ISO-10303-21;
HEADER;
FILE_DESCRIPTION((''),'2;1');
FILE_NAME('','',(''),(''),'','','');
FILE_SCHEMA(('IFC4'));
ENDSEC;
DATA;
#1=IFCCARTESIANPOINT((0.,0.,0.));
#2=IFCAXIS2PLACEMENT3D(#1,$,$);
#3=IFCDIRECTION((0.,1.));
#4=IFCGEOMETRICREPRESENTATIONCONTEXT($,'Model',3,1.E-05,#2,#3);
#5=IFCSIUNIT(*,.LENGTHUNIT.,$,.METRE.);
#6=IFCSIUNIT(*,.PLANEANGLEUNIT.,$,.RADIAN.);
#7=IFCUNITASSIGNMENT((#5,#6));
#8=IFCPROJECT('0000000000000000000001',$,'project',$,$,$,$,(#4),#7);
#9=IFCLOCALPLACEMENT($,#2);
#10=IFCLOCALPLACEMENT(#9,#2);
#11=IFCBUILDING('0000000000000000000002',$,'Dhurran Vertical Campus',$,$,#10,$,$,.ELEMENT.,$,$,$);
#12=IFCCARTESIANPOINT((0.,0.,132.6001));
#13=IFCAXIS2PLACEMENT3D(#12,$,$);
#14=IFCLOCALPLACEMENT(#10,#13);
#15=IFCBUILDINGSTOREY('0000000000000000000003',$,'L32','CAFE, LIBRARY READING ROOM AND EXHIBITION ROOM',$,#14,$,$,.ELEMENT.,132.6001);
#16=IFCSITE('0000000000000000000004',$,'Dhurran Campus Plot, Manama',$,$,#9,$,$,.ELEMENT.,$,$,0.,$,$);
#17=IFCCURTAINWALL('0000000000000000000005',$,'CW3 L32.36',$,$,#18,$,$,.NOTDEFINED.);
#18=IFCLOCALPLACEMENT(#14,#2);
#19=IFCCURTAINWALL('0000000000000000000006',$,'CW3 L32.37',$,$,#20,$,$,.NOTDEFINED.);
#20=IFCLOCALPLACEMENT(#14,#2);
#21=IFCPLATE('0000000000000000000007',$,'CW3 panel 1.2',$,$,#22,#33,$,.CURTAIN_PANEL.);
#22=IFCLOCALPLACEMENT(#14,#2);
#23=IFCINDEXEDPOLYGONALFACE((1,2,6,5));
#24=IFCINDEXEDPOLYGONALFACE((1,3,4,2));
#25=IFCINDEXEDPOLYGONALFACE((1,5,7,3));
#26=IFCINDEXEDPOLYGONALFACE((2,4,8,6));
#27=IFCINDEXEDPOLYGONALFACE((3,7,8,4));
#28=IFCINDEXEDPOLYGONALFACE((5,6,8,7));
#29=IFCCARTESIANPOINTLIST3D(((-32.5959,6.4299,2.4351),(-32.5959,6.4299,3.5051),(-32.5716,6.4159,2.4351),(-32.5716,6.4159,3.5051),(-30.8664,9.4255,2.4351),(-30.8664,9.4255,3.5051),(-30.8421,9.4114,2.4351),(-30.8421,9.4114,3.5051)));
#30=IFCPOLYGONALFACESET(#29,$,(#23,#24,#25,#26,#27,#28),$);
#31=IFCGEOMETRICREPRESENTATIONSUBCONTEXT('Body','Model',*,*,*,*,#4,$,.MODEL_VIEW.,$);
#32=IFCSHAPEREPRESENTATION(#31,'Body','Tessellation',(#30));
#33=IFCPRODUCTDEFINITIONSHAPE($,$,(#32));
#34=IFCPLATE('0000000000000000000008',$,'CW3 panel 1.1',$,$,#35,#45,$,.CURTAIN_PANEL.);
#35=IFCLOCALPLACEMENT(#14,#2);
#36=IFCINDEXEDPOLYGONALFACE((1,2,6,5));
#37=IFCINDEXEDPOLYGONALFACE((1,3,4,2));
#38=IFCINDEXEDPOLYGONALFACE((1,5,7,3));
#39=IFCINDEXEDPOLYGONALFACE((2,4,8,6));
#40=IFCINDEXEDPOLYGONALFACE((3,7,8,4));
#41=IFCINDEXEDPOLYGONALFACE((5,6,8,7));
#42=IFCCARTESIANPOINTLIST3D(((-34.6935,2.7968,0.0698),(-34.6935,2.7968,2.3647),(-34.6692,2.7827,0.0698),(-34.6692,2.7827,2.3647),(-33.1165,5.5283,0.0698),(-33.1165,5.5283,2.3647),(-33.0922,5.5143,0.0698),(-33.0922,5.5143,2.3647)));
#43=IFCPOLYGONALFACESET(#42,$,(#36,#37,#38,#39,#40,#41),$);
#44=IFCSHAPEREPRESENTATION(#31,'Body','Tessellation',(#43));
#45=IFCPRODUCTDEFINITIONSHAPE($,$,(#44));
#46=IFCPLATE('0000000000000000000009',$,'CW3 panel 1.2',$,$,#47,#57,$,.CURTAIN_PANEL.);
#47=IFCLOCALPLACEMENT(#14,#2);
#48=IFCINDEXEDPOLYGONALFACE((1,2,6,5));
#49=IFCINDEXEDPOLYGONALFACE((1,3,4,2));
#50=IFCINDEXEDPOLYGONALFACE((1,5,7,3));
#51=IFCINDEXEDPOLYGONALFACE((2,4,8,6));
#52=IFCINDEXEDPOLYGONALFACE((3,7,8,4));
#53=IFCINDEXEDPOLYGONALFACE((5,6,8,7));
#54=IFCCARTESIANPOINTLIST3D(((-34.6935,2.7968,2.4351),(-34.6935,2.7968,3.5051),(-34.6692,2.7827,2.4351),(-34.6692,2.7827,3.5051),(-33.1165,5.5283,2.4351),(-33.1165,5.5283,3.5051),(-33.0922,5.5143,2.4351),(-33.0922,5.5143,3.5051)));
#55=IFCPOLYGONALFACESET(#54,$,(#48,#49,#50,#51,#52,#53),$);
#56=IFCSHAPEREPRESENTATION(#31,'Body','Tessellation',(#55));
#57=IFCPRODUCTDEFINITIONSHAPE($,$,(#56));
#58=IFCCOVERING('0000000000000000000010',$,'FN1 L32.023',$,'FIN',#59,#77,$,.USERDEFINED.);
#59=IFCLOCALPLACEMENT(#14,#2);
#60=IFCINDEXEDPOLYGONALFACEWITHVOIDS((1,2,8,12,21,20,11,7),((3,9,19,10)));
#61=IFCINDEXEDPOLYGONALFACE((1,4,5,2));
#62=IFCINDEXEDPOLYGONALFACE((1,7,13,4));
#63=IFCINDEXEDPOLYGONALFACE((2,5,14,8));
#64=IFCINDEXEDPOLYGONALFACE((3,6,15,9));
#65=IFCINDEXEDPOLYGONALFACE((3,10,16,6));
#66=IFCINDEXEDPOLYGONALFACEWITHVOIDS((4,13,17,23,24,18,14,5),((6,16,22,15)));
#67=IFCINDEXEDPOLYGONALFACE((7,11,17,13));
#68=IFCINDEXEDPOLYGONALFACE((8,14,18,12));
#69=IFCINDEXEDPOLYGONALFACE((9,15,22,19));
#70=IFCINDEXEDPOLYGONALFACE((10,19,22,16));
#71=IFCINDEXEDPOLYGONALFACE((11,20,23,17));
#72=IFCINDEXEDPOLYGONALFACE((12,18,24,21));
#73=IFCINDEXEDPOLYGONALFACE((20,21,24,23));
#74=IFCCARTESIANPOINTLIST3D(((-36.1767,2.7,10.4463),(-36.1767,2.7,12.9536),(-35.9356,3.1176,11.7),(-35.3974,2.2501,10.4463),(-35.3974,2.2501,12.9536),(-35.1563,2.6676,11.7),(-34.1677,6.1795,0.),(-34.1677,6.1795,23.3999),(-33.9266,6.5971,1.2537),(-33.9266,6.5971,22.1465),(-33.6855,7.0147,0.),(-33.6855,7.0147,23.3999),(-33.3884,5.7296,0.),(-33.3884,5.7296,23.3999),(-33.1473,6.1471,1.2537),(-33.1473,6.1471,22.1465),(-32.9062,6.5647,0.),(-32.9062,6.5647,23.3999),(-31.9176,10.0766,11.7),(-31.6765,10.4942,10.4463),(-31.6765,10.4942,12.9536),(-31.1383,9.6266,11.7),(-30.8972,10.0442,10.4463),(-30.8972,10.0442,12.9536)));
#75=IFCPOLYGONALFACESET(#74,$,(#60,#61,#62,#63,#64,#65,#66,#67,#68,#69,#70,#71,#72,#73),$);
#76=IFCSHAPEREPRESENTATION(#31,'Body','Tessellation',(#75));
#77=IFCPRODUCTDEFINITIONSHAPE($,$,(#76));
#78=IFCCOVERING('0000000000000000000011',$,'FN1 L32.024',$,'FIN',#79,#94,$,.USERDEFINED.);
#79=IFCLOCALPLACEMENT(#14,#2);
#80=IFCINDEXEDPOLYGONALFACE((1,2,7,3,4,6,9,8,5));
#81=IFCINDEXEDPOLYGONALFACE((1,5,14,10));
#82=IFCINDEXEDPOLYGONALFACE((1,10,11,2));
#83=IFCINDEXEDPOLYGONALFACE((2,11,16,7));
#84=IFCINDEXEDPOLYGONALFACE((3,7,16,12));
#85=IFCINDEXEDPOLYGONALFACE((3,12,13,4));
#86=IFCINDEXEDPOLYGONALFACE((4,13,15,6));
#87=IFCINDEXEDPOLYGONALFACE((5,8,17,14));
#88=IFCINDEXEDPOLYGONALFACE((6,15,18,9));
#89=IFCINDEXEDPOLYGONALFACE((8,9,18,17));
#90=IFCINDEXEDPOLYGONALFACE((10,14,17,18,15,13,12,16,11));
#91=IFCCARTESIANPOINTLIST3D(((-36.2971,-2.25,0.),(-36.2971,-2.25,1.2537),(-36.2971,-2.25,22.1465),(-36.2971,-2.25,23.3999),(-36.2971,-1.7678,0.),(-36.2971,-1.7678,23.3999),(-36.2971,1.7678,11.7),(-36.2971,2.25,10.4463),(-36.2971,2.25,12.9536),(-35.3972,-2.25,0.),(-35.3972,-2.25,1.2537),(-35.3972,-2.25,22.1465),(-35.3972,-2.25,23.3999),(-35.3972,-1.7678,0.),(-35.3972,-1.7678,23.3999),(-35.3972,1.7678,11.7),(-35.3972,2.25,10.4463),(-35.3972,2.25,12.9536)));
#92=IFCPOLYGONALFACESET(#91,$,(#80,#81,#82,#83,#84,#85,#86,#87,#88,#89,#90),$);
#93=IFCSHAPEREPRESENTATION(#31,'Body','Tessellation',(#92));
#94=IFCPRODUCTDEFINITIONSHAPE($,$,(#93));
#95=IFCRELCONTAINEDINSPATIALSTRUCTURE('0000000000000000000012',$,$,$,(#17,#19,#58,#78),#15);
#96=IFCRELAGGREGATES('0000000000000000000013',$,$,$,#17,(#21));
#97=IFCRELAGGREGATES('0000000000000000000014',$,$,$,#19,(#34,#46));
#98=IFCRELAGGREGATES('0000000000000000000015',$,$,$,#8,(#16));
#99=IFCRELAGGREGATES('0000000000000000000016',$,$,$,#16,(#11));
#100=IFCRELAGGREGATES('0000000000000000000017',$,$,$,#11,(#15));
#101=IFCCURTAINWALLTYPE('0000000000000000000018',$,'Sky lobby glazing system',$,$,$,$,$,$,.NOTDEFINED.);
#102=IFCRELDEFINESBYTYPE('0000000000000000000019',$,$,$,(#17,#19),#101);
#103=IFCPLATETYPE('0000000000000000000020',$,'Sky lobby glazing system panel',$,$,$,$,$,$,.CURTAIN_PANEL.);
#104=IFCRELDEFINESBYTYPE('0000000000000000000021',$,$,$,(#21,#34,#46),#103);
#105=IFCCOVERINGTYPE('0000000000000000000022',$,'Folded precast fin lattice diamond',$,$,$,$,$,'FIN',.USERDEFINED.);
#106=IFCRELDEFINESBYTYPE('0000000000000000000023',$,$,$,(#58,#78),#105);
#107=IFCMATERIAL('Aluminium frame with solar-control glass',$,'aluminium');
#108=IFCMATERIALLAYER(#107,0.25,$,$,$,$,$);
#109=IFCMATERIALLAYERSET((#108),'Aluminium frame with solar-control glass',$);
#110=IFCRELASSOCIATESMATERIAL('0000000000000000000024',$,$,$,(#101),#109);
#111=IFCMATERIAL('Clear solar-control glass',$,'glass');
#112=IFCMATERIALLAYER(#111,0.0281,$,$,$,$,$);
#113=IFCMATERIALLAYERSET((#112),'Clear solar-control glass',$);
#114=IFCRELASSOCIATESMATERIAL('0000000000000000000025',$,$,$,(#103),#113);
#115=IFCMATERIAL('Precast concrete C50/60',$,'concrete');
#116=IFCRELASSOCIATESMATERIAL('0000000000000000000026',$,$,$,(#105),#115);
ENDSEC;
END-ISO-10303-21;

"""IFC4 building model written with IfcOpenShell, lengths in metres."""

from ifc_helpers import new_model, si_unit, direction, frame, origin, origin_2d, place, context, subcontext, project, spatial, polyline, rectangle, outline, extrude, material, layer, layer_set, type_object, element, aggregate, save


model = new_model("IFC4")

# Units and contexts
model_context = context("Model", 3, precision=1e-05, world=origin(), true_north=direction((0.0, 1.0)))
body_context = subcontext(model_context, "Body", "Model", "MODEL_VIEW")
ifc_project = project(units=[si_unit("LENGTHUNIT", "METRE"), si_unit("PLANEANGLEUNIT", "RADIAN")], contexts=[model_context])

# Site, building, storey
site_placement = place(None, origin())
site = spatial("IfcSite", under=ifc_project, at=site_placement, Name="Dhurran Campus Plot, Manama", CompositionType="ELEMENT", RefElevation=0.0)
building_placement = place(site_placement, origin())
building = spatial("IfcBuilding", under=site, at=building_placement, Name="Dhurran Vertical Campus", CompositionType="ELEMENT")
storey_placement = place(building_placement, frame((0.0, 0.0, 132.6001)))
storey = spatial("IfcBuildingStorey", under=building, at=storey_placement, Name="L32", Description="CAFE, LIBRARY READING ROOM AND EXHIBITION ROOM", CompositionType="ELEMENT", Elevation=132.6001)

# Curtain wall
ifc_material_1 = material(Name="Aluminium frame with solar-control glass", Category="aluminium")
ifc_layer_1 = layer(ifc_material_1, 0.25)
ifc_layer_set_1 = layer_set([ifc_layer_1], Name="Aluminium frame with solar-control glass")
curtain_wall_type = type_object("IfcCurtainWallType", Name="Sky lobby glazing system", PredefinedType="NOTDEFINED", material=ifc_layer_set_1)
curtain_wall_1_placement = place(storey_placement, origin())
curtain_wall_1 = element("IfcCurtainWall", 1, at=curtain_wall_1_placement, inside=storey, type_object=curtain_wall_type, Name="CW3 L32.36", PredefinedType="NOTDEFINED")

# Curtain wall
curtain_wall_2_placement = place(storey_placement, origin())
curtain_wall_2 = element("IfcCurtainWall", 2, at=curtain_wall_2_placement, inside=storey, type_object=curtain_wall_type, Name="CW3 L32.37", PredefinedType="NOTDEFINED")

# Plates
ifc_material_2 = material(Name="Clear solar-control glass", Category="glass")
ifc_layer_2 = layer(ifc_material_2, 0.0281)
ifc_layer_set_2 = layer_set([ifc_layer_2], Name="Clear solar-control glass")
plate_type = type_object("IfcPlateType", Name="Sky lobby glazing system panel", PredefinedType="CURTAIN_PANEL", material=ifc_layer_set_2)
plate_1_placement = place(storey_placement, frame((-31.719, 7.9207, 2.4351), z_axis=(0.0, 0.0, 1.0), x_axis=(-0.500003, -0.866024, 0.0)))
plate_1 = element("IfcPlate", 3, at=plate_1_placement, type_object=plate_type, Name="CW3 panel 1.2", PredefinedType="CURTAIN_PANEL", context=body_context, shape_type="SweptSolid", body=[
    extrude(rectangle(XDim=3.459, YDim=0.0281, at=origin_2d()), origin(), (0.0, 0.0, 1.0), 1.0701),
])
aggregate(curtain_wall_1, [plate_1])
plate_2_placement = place(storey_placement, frame((-33.8928, 4.1555, 0.0698), z_axis=(0.0, 0.0, 1.0), x_axis=(-0.499985, -0.866034, 0.0)))
plate_2 = element("IfcPlate", 4, at=plate_2_placement, type_object=plate_type, Name="CW3 panel 1.1", PredefinedType="CURTAIN_PANEL", context=body_context, shape_type="SweptSolid", body=[
    extrude(rectangle(XDim=3.1541, YDim=0.0281, at=origin_2d()), origin(), (0.0, 0.0, 1.0), 2.2949),
])
plate_3_placement = place(storey_placement, frame((-33.8928, 4.1555, 2.4351), z_axis=(0.0, 0.0, 1.0), x_axis=(-0.499985, -0.866034, 0.0)))
plate_3 = element("IfcPlate", 5, at=plate_3_placement, type_object=plate_type, Name="CW3 panel 1.2", PredefinedType="CURTAIN_PANEL", context=body_context, shape_type="SweptSolid", body=[
    extrude(rectangle(XDim=3.1541, YDim=0.0281, at=origin_2d()), origin(), (0.0, 0.0, 1.0), 1.0701),
])
aggregate(curtain_wall_2, [plate_2, plate_3])

# Coverings
ifc_material_3 = material(Name="Precast concrete C50/60", Category="concrete")
covering_type = type_object("IfcCoveringType", Name="Folded precast fin lattice diamond", ElementType="FIN", PredefinedType="USERDEFINED", material=ifc_material_3)
covering_1_placement = place(storey_placement, frame((-30.8972, 10.0442, 0.0), z_axis=(-0.866014, 0.50002, 0.0), x_axis=(-0.50002, -0.866014, 0.0)))
element("IfcCovering", 6, at=covering_1_placement, inside=storey, type_object=covering_type, Name="FN1 L32.023", ObjectType="FIN", PredefinedType="USERDEFINED", context=body_context, shape_type="SweptSolid", body=[
    extrude(outline(polyline([(9.0, 12.9536), (9.0, 10.4463), (4.9822, 0.0), (4.0178, 0.0), (0.0, 10.4463), (0.0, 12.9536), (4.0178, 23.3999), (4.9822, 23.3999), (9.0, 12.9536)]), holes=[polyline([(8.5178, 11.7), (4.5, 22.1465), (0.4822, 11.7), (4.5, 1.2537), (8.5178, 11.7)])]), origin(), (0.0, 0.0, 1.0), 0.8999),
])
covering_2_placement = place(storey_placement, frame((-35.3972, 2.25, 0.0), z_axis=(-1.0, 0.0, 0.0), x_axis=(0.0, -1.0, 0.0)))
element("IfcCovering", 7, at=covering_2_placement, inside=storey, type_object=covering_type, Name="FN1 L32.024", ObjectType="FIN", PredefinedType="USERDEFINED", context=body_context, shape_type="SweptSolid", body=[
    extrude(outline(polyline([(4.0178, 0.0), (0.0, 10.4463), (0.0, 12.9536), (4.0178, 23.3999), (4.5, 23.3999), (4.5, 22.1465), (0.4822, 11.7), (4.5, 1.2537), (4.5, 0.0), (4.0178, 0.0)])), origin(), (0.0, 0.0, 1.0), 0.8999),
])

save(model, "model.ifc")
